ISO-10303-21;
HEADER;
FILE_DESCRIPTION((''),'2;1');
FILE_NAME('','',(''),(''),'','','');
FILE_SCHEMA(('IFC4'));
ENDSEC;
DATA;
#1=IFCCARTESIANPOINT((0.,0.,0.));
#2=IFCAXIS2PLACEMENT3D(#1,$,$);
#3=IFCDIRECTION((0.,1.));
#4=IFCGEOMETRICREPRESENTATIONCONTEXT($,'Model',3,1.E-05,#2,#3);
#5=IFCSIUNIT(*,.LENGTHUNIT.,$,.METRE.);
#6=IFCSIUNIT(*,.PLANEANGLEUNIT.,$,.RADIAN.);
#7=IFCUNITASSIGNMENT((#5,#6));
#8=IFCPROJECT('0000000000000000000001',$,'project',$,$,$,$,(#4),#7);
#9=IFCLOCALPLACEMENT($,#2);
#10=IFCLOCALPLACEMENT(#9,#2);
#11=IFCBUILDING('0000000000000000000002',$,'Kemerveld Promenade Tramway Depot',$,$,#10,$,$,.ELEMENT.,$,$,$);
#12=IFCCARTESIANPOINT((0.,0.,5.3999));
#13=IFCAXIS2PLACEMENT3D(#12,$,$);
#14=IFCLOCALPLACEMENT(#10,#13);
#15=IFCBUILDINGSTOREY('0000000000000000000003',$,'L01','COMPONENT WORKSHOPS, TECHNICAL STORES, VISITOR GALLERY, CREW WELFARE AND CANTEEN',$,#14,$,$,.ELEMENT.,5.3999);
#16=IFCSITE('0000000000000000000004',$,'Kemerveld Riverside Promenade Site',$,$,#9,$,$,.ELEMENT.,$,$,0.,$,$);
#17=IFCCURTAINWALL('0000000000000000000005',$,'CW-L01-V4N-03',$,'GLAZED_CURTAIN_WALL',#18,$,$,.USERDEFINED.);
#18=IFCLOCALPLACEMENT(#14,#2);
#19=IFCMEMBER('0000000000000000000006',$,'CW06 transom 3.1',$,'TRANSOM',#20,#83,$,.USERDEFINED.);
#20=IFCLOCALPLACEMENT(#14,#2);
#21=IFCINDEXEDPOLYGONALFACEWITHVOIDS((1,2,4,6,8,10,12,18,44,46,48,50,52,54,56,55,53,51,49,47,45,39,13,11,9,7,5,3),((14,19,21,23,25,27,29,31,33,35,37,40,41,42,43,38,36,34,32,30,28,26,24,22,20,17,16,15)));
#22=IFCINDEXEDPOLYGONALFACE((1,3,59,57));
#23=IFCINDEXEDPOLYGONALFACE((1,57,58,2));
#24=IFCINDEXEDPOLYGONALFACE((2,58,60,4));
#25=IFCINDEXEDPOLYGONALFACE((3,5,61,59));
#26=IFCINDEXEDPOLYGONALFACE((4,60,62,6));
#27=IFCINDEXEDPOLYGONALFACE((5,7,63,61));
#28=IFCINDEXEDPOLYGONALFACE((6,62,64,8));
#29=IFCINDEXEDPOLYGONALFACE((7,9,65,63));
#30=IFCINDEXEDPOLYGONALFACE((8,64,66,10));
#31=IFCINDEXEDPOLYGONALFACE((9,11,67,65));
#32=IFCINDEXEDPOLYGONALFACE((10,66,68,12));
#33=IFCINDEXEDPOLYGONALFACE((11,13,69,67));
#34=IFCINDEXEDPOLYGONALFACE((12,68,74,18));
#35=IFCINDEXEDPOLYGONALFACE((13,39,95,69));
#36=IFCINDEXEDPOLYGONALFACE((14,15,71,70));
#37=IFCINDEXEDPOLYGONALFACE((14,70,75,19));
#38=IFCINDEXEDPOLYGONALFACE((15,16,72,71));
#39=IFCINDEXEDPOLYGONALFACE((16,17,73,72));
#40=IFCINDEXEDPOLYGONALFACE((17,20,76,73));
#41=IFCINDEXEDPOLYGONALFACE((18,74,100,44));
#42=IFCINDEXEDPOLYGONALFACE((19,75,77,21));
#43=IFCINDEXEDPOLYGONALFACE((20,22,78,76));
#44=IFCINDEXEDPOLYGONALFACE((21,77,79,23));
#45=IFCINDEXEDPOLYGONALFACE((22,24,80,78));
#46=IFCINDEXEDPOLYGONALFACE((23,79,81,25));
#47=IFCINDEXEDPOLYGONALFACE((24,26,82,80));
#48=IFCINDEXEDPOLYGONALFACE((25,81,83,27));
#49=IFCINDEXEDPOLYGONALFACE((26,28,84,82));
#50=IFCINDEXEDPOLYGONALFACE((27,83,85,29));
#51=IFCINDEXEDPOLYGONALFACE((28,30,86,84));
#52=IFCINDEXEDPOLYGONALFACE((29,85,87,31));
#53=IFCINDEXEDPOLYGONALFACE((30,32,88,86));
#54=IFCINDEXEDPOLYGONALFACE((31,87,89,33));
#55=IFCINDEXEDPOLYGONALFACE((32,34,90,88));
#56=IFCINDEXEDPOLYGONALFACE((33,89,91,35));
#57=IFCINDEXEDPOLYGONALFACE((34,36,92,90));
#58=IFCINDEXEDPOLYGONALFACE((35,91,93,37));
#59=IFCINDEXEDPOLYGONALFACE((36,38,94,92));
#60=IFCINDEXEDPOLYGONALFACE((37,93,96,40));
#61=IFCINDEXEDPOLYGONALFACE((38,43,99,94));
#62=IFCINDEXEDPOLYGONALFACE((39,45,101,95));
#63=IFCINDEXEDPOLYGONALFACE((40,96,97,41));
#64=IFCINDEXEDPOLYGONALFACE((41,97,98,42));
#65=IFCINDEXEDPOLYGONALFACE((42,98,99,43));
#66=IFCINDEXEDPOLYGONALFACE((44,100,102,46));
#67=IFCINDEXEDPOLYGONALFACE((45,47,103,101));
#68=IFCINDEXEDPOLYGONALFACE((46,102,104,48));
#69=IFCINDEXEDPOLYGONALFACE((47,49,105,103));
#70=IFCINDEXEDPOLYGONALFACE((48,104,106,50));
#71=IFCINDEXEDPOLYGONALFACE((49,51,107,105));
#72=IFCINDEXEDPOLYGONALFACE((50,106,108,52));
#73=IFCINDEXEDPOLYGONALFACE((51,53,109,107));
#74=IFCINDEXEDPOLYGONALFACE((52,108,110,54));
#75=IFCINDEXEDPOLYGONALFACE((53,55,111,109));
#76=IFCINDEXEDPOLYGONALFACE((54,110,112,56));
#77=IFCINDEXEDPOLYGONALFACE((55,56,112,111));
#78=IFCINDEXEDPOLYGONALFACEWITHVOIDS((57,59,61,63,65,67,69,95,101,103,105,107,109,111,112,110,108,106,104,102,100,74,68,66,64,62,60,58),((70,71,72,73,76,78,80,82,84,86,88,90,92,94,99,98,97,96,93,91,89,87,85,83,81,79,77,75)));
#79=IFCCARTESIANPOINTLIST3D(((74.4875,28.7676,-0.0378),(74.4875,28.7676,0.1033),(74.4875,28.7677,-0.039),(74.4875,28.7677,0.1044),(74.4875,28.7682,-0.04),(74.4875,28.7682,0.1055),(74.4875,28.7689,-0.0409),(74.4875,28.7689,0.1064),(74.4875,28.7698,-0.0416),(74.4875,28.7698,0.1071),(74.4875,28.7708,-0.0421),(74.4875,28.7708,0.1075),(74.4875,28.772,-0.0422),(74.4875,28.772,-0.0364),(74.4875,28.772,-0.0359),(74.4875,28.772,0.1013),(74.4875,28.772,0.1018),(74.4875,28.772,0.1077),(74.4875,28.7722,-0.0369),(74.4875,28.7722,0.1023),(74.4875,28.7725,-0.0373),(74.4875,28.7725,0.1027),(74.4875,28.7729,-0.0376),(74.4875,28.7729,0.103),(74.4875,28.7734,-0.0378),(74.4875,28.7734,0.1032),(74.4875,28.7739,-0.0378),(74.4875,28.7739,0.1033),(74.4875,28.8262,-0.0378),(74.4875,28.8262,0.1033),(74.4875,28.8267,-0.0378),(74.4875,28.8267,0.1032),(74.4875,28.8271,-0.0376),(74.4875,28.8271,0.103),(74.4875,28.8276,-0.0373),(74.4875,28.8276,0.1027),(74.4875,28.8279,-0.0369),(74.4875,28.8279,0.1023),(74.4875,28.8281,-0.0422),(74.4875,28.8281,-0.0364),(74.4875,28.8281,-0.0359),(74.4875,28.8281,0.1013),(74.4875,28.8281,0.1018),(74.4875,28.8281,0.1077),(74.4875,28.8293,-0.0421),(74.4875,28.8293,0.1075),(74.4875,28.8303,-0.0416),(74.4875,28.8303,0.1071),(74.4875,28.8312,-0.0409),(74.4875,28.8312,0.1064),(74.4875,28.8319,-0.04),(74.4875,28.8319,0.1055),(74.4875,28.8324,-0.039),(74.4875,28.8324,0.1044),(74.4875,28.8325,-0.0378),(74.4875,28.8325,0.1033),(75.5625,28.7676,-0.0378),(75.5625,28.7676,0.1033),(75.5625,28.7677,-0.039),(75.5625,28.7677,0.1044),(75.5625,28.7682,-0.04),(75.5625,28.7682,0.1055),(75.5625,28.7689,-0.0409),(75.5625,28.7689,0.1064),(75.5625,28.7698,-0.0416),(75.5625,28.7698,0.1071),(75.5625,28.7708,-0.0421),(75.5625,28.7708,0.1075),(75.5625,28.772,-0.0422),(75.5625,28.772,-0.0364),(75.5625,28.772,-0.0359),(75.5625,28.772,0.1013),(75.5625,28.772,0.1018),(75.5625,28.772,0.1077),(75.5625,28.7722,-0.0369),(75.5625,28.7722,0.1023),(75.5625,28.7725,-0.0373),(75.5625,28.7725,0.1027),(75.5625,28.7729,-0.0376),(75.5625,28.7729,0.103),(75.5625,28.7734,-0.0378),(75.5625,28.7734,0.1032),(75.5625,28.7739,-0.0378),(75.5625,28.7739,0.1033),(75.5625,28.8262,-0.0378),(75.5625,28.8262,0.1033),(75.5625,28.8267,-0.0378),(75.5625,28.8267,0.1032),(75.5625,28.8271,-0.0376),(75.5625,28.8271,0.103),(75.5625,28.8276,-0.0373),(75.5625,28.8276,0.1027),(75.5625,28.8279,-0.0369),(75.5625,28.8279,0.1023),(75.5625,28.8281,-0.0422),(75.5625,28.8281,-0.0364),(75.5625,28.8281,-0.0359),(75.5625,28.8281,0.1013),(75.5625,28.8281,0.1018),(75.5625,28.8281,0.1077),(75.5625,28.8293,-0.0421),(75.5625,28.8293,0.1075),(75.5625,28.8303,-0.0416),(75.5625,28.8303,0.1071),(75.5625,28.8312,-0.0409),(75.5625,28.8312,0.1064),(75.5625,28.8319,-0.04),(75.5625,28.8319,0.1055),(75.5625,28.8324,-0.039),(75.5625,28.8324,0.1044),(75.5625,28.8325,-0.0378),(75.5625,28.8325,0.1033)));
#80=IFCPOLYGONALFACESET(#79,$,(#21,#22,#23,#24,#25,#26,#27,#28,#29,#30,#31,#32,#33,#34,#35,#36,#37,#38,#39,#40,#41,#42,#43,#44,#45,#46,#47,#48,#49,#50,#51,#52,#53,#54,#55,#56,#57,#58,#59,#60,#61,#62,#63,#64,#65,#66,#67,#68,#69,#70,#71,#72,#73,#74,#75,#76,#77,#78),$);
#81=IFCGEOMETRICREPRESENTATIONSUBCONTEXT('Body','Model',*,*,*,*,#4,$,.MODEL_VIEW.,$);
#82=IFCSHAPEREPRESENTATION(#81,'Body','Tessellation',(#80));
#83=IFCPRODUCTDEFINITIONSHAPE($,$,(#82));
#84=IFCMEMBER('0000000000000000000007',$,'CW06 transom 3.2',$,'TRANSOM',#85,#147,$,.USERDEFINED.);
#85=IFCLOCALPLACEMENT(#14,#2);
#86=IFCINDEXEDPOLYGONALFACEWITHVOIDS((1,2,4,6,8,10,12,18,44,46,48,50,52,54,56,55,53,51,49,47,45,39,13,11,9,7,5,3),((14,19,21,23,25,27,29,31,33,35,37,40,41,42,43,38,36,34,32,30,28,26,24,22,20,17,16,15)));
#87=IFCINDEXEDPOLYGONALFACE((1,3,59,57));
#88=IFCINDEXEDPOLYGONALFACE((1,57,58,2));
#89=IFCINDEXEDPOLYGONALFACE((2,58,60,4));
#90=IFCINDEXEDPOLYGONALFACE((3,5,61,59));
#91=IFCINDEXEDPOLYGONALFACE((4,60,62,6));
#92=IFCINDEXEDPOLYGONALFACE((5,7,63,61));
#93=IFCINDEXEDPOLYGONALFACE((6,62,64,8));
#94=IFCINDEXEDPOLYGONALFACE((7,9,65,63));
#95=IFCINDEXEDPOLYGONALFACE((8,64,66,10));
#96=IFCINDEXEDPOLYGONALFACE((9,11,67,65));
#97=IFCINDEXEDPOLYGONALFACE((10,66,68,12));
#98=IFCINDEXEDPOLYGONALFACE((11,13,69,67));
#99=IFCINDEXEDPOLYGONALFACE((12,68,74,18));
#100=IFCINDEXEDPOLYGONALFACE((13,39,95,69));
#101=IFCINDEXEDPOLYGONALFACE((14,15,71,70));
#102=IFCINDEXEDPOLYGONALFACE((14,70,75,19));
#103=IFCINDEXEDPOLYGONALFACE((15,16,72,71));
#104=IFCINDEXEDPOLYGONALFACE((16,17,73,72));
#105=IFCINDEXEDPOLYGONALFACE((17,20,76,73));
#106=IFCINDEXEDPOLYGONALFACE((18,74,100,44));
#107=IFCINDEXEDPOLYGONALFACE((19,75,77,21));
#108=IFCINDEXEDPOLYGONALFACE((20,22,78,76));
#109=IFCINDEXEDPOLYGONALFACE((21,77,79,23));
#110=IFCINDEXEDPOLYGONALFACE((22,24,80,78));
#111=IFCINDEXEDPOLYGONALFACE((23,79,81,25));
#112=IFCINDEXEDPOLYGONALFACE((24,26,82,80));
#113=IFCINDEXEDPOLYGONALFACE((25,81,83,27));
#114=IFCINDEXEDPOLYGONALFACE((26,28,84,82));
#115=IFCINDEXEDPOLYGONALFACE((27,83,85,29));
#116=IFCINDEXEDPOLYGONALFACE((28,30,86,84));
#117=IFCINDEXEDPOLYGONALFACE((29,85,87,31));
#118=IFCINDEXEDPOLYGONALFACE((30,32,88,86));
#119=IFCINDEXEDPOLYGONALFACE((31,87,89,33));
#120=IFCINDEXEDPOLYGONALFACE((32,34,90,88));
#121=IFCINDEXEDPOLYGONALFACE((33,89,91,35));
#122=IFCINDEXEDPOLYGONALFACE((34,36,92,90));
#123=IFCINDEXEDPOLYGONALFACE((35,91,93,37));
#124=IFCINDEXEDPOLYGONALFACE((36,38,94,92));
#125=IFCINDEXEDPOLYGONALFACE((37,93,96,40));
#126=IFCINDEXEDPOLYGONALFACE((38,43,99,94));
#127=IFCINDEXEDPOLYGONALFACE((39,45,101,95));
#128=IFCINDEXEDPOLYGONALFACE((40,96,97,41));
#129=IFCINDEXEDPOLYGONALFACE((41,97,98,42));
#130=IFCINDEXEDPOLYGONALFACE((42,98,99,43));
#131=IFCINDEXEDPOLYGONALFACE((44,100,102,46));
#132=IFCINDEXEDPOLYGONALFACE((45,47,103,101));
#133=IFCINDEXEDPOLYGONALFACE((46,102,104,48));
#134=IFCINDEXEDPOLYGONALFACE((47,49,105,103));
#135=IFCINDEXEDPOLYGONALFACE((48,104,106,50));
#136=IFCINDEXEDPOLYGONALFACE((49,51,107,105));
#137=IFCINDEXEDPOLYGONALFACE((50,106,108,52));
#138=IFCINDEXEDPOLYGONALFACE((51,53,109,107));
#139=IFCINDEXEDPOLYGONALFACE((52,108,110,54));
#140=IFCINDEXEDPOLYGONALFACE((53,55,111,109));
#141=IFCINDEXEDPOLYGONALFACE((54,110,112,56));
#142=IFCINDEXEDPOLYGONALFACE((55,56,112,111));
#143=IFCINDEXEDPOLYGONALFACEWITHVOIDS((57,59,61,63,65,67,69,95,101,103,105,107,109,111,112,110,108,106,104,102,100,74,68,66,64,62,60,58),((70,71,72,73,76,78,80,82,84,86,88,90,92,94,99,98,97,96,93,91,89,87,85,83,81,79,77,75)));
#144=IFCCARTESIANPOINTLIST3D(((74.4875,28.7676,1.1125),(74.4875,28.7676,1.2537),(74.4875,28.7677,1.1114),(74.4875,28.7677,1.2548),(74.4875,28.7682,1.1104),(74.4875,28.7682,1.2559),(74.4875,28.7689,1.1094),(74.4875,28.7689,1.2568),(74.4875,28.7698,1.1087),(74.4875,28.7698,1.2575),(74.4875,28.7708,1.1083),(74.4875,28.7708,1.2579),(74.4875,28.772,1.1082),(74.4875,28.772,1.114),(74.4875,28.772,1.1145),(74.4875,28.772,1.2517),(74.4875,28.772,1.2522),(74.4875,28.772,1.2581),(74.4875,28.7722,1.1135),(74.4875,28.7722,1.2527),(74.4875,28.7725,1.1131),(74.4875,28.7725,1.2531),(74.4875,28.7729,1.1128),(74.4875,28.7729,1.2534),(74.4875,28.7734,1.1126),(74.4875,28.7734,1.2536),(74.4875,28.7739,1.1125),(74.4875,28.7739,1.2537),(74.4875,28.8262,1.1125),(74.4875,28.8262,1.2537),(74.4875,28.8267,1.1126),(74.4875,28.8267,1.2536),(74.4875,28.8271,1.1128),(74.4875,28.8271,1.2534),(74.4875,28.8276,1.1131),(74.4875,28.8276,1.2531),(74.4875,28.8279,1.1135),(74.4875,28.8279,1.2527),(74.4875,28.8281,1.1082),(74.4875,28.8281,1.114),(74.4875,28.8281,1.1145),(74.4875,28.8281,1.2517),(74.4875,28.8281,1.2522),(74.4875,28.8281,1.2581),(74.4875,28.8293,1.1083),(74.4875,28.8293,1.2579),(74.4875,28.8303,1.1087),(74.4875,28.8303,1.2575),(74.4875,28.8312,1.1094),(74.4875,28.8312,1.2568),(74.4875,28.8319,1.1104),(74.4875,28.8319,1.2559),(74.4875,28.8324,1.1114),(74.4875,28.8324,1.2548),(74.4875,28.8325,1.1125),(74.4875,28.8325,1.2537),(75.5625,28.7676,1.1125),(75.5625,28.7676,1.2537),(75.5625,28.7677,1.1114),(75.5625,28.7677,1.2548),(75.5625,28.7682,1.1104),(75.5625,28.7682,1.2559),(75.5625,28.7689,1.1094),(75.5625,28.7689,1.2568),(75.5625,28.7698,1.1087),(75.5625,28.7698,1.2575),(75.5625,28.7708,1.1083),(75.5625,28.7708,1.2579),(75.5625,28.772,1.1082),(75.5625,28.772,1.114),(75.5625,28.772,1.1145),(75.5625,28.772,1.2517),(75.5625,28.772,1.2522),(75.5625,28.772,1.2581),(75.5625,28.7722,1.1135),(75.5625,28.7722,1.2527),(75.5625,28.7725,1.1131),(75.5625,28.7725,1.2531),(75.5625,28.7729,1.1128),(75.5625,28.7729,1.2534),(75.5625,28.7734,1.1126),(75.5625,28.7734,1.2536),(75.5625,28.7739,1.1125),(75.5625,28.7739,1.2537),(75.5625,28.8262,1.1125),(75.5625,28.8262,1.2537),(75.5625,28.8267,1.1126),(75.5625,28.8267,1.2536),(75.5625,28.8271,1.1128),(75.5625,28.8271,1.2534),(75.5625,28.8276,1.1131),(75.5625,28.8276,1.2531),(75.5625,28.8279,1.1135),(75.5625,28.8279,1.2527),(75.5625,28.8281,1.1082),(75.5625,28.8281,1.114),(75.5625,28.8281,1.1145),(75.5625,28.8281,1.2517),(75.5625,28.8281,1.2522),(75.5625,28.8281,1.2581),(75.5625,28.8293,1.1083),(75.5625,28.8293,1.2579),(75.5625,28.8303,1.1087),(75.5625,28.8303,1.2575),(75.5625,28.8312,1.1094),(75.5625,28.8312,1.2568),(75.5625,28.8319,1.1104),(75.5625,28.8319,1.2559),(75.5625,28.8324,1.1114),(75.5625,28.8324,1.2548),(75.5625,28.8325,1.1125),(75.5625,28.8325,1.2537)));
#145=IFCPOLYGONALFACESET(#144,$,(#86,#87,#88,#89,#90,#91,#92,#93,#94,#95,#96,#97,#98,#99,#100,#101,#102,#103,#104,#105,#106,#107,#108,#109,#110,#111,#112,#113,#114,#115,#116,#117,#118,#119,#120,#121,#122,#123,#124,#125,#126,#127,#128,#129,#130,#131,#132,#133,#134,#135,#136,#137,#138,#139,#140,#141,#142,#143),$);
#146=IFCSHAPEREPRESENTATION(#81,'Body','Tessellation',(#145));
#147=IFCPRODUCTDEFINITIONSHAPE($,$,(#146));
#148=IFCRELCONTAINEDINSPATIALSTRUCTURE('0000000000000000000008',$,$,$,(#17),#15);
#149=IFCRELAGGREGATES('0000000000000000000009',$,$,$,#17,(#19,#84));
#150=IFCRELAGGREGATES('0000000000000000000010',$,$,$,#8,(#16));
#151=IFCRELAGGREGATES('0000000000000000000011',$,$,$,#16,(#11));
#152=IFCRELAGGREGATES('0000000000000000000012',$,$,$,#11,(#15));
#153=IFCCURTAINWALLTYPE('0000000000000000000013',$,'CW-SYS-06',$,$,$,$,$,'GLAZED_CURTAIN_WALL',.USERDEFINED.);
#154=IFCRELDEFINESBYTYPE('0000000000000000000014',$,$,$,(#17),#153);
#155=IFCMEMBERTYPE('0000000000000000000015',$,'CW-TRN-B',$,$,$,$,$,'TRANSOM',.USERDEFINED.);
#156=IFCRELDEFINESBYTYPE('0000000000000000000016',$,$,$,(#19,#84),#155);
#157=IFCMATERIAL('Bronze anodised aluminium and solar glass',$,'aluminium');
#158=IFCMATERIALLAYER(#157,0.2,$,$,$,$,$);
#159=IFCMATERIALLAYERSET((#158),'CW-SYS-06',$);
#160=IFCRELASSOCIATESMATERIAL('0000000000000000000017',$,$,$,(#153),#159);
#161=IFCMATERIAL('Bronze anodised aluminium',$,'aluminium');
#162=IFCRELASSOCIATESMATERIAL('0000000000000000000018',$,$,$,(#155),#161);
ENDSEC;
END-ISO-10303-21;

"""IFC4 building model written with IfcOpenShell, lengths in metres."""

from ifc_helpers import new_model, si_unit, direction, frame, origin, origin_2d, place, context, subcontext, project, spatial, hollow_rectangle, extrude, material, layer, layer_set, material_profile, profile_set, type_object, element, aggregate, save


model = new_model("IFC4")

# Units and contexts
model_context = context("Model", 3, precision=1e-05, world=origin(), true_north=direction((0.0, 1.0)))
body_context = subcontext(model_context, "Body", "Model", "MODEL_VIEW")
ifc_project = project(units=[si_unit("LENGTHUNIT", "METRE"), si_unit("PLANEANGLEUNIT", "RADIAN")], contexts=[model_context])

# Site, building, storey
site_placement = place(None, origin())
site = spatial("IfcSite", under=ifc_project, at=site_placement, Name="Kemerveld Riverside Promenade Site", CompositionType="ELEMENT", RefElevation=0.0)
building_placement = place(site_placement, origin())
building = spatial("IfcBuilding", under=site, at=building_placement, Name="Kemerveld Promenade Tramway Depot", CompositionType="ELEMENT")
storey_placement = place(building_placement, frame((0.0, 0.0, 5.3999)))
storey = spatial("IfcBuildingStorey", under=building, at=storey_placement, Name="L01", Description="COMPONENT WORKSHOPS, TECHNICAL STORES, VISITOR GALLERY, CREW WELFARE AND CANTEEN", CompositionType="ELEMENT", Elevation=5.3999)

# Curtain wall, members
ifc_material_1 = material(Name="Bronze anodised aluminium and solar glass", Category="aluminium")
ifc_layer_1 = layer(ifc_material_1, 0.2)
ifc_layer_set_1 = layer_set([ifc_layer_1], Name="CW-SYS-06")
curtain_wall_type = type_object("IfcCurtainWallType", Name="CW-SYS-06", ElementType="GLAZED_CURTAIN_WALL", PredefinedType="USERDEFINED", material=ifc_layer_set_1)
curtain_wall_placement = place(storey_placement, origin())
curtain_wall = element("IfcCurtainWall", 1, at=curtain_wall_placement, inside=storey, type_object=curtain_wall_type, Name="CW-L01-V4N-03", ObjectType="GLAZED_CURTAIN_WALL", PredefinedType="USERDEFINED")
ifc_material_2 = material(Name="Bronze anodised aluminium", Category="aluminium")
ifc_material_profile_1 = material_profile(ifc_material_2, hollow_rectangle(XDim=0.0649, YDim=0.1499, WallThickness=0.0044, InnerFilletRadius=0.002, OuterFilletRadius=0.0044, at=origin_2d()), Name="CW-TRN-150x65")
ifc_profile_set_1 = profile_set([ifc_material_profile_1], Name="Bronze anodised aluminium")
member_type_1 = type_object("IfcMemberType", Name="CW-TRN-B", ElementType="TRANSOM", PredefinedType="USERDEFINED", material=ifc_profile_set_1)
member_1_placement = place(storey_placement, frame((74.4875, 28.8, 0.0327), z_axis=(1.0, 0.0, 0.0), x_axis=(0.0, 1.0, 0.0)))
member_1 = element("IfcMember", 2, at=member_1_placement, type_object=member_type_1, Name="CW06 transom 3.1", ObjectType="TRANSOM", PredefinedType="USERDEFINED", context=body_context, shape_type="SweptSolid", body=[
    extrude(hollow_rectangle(XDim=0.0649, YDim=0.1499, WallThickness=0.0044, InnerFilletRadius=0.002, OuterFilletRadius=0.0044, at=origin_2d()), origin(), (0.0, 0.0, 1.0), 1.075),
])
member_2_placement = place(storey_placement, frame((74.4875, 28.8, 1.1831), z_axis=(1.0, 0.0, 0.0), x_axis=(0.0, 1.0, 0.0)))
member_2 = element("IfcMember", 3, at=member_2_placement, type_object=member_type_1, Name="CW06 transom 3.2", ObjectType="TRANSOM", PredefinedType="USERDEFINED", context=body_context, shape_type="SweptSolid", body=[
    extrude(hollow_rectangle(XDim=0.0649, YDim=0.1499, WallThickness=0.0044, InnerFilletRadius=0.002, OuterFilletRadius=0.0044, at=origin_2d()), origin(), (0.0, 0.0, 1.0), 1.075),
])
aggregate(curtain_wall, [member_1, member_2])

save(model, "model.ifc")
